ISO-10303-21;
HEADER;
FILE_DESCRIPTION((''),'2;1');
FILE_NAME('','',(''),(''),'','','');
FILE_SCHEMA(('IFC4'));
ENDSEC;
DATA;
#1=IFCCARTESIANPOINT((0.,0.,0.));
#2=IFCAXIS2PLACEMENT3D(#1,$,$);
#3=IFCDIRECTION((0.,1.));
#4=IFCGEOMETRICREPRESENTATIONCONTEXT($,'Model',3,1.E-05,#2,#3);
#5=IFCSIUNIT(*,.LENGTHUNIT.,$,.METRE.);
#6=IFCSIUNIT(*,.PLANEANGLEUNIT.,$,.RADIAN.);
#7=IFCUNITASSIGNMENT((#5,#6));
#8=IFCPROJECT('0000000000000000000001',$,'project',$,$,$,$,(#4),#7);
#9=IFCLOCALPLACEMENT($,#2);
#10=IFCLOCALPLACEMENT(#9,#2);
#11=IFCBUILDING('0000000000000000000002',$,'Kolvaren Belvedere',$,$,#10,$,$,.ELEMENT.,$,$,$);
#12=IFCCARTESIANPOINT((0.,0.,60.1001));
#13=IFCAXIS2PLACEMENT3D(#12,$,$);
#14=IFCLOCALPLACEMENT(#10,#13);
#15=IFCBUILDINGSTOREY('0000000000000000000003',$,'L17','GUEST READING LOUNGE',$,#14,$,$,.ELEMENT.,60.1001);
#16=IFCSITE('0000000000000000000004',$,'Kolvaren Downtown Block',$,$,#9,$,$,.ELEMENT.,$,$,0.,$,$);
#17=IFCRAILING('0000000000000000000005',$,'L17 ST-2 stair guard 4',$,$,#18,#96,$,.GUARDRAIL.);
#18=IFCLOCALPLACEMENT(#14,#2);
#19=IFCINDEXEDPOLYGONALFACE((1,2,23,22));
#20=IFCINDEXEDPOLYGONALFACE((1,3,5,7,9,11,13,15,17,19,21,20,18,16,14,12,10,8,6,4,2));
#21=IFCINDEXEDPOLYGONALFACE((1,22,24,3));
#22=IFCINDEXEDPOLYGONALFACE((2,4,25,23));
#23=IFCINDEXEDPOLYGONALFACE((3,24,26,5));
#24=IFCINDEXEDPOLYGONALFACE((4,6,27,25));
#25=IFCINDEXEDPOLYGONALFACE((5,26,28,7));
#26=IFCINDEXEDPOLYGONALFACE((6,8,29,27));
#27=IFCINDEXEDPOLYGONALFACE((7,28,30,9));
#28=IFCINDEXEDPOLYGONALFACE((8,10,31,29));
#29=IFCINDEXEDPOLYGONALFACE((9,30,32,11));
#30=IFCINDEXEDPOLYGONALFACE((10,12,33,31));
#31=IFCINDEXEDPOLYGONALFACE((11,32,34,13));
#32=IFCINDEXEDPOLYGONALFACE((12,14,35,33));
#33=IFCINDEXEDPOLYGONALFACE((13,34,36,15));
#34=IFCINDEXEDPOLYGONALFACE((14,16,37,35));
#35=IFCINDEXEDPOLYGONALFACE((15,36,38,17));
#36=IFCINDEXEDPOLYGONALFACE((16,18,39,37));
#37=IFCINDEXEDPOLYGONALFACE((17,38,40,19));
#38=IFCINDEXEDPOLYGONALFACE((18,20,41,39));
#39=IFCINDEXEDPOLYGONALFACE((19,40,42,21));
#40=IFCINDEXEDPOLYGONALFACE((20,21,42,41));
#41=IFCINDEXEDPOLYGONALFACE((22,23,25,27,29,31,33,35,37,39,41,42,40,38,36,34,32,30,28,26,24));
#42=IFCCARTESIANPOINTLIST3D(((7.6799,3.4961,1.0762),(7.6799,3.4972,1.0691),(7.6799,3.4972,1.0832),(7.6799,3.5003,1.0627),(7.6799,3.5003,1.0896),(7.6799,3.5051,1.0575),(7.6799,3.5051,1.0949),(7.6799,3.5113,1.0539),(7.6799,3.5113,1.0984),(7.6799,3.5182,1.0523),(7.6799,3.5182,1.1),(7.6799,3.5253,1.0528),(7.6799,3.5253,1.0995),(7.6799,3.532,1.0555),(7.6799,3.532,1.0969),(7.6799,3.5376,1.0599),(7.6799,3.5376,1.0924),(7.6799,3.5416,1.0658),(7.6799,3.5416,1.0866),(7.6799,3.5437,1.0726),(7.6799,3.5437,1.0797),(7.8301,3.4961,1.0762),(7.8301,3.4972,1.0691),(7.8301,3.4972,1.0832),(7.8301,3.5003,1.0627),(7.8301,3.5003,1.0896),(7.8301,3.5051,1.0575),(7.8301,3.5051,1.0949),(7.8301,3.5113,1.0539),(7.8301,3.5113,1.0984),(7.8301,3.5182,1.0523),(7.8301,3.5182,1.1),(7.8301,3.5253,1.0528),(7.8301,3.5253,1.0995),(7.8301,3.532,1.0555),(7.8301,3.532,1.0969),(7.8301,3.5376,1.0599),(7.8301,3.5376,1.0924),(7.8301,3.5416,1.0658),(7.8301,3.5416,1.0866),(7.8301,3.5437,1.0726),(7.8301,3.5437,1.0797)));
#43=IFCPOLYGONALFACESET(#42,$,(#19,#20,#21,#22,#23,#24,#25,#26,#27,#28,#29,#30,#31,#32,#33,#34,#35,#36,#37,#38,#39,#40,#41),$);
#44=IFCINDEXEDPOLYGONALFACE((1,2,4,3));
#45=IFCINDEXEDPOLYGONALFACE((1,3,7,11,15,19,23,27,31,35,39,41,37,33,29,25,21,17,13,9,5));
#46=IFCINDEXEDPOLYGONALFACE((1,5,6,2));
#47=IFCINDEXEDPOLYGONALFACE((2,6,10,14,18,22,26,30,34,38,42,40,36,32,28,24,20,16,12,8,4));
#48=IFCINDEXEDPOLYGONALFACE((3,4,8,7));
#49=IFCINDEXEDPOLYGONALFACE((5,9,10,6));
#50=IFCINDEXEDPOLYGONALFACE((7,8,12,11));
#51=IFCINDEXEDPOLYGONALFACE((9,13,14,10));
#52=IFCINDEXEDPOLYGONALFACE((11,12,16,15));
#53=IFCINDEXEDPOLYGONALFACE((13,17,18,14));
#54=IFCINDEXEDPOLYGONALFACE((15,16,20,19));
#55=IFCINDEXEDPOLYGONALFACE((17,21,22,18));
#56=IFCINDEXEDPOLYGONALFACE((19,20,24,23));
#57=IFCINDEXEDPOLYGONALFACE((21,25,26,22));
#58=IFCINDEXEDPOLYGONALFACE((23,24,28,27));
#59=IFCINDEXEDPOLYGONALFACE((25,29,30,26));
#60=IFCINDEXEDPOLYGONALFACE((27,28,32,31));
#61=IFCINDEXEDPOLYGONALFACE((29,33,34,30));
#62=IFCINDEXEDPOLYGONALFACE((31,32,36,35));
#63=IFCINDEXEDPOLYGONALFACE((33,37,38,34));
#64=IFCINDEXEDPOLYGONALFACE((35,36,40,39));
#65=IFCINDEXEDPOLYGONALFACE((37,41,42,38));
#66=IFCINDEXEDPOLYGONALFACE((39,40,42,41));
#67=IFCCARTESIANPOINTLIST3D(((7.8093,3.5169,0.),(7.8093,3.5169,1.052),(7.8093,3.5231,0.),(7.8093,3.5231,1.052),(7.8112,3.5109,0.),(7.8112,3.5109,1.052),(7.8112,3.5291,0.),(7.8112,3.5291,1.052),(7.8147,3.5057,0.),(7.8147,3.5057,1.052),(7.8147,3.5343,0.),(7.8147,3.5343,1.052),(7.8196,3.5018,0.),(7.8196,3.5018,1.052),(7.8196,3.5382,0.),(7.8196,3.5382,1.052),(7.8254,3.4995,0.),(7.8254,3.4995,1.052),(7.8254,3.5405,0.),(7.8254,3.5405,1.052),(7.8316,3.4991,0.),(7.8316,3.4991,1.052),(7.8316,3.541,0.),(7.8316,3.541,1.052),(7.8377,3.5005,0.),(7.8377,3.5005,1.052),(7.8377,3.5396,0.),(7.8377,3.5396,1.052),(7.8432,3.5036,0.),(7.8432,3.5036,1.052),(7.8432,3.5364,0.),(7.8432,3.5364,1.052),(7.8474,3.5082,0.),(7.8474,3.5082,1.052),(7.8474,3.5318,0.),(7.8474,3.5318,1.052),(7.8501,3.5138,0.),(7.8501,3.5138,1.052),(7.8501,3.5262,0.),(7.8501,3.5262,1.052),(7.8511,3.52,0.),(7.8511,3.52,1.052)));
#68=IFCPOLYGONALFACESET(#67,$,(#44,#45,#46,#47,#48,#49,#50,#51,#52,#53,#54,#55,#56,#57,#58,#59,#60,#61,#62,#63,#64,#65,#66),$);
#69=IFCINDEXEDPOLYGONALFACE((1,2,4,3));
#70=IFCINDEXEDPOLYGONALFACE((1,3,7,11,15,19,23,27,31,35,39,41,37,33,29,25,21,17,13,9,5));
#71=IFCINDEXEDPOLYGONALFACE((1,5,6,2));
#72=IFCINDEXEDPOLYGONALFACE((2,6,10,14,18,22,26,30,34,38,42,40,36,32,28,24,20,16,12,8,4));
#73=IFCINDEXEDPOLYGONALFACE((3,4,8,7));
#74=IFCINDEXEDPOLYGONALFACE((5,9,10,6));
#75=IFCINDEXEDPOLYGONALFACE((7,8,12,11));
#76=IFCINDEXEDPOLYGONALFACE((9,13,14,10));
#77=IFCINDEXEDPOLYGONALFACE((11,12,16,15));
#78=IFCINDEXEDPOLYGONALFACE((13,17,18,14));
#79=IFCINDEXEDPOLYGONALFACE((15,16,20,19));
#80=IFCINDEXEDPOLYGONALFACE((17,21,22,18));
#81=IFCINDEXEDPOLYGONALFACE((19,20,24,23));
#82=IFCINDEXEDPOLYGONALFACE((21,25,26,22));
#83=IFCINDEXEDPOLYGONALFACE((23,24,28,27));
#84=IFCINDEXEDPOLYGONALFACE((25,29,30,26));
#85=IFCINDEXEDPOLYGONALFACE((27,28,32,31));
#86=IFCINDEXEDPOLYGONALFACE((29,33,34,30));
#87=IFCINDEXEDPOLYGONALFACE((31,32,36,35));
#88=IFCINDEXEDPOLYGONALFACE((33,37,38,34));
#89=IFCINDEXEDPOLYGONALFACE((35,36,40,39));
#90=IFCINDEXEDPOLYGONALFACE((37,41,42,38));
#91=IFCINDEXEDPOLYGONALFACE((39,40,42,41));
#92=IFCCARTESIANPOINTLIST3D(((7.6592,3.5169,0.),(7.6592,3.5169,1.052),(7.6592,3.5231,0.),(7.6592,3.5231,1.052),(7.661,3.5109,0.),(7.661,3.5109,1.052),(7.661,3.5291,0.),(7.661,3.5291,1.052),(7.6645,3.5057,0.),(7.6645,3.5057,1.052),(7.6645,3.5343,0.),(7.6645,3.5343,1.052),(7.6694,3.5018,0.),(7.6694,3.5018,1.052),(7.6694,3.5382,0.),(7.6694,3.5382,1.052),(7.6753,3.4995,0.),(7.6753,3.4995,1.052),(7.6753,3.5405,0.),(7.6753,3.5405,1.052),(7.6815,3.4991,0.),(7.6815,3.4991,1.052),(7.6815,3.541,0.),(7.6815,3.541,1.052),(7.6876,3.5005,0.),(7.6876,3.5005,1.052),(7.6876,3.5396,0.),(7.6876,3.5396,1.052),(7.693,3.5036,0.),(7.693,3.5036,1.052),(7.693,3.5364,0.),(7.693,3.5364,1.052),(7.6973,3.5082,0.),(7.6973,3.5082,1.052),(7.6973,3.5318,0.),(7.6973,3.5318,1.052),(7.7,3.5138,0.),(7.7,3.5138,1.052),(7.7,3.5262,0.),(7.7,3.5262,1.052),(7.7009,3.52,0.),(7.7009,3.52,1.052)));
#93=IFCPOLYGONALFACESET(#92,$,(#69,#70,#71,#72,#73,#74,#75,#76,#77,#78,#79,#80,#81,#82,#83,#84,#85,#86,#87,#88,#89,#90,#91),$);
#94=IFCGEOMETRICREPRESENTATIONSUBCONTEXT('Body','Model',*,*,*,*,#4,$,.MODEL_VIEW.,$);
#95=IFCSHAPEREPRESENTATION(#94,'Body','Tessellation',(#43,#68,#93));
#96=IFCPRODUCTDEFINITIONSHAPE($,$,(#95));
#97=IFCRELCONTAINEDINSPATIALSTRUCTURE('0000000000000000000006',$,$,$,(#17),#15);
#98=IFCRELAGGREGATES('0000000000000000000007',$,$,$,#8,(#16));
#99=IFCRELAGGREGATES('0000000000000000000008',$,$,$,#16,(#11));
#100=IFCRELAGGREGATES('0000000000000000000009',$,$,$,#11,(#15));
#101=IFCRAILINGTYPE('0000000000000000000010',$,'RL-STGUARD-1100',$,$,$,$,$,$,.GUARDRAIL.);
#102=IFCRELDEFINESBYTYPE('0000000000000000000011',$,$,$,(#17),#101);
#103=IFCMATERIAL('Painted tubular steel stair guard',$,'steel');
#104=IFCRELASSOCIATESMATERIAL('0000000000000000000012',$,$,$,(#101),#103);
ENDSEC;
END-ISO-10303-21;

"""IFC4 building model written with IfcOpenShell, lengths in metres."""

from ifc_helpers import new_model, si_unit, direction, frame, origin, origin_2d, place, context, subcontext, project, spatial, circle, extrude, material, type_object, element, save


model = new_model("IFC4")

# Units and contexts
model_context = context("Model", 3, precision=1e-05, world=origin(), true_north=direction((0.0, 1.0)))
body_context = subcontext(model_context, "Body", "Model", "MODEL_VIEW")
ifc_project = project(units=[si_unit("LENGTHUNIT", "METRE"), si_unit("PLANEANGLEUNIT", "RADIAN")], contexts=[model_context])

# Site, building, storey
site_placement = place(None, origin())
site = spatial("IfcSite", under=ifc_project, at=site_placement, Name="Kolvaren Downtown Block", CompositionType="ELEMENT", RefElevation=0.0)
building_placement = place(site_placement, origin())
building = spatial("IfcBuilding", under=site, at=building_placement, Name="Kolvaren Belvedere", CompositionType="ELEMENT")
storey_placement = place(building_placement, frame((0.0, 0.0, 60.1001)))
storey = spatial("IfcBuildingStorey", under=building, at=storey_placement, Name="L17", Description="GUEST READING LOUNGE", CompositionType="ELEMENT", Elevation=60.1001)

# Railing
ifc_material_1 = material(Name="Painted tubular steel stair guard", Category="steel")
railing_type_1 = type_object("IfcRailingType", Name="RL-STGUARD-1100", PredefinedType="GUARDRAIL", material=ifc_material_1)
railing_1_placement = place(storey_placement, frame((7.8301, 3.52, 0.0)))
element("IfcRailing", 1, at=railing_1_placement, inside=storey, type_object=railing_type_1, Name="L17 ST-2 stair guard 4", PredefinedType="GUARDRAIL", context=body_context, shape_type="SweptSolid", body=[
    extrude(circle(Radius=0.0239, at=origin_2d()), frame((0.0, 0.0, 1.0762), z_axis=(-1.0, 0.0, 0.0), x_axis=(0.0, -1.0, 0.0)), (0.0, 0.0, 1.0), 0.1501),
    extrude(circle(Radius=0.021, at=origin_2d()), origin(), (0.0, 0.0, 1.0), 1.052),
    extrude(circle(Radius=0.021, at=origin_2d()), frame((-0.1501, 0.0, 0.0)), (0.0, 0.0, 1.0), 1.052),
])

save(model, "model.ifc")
